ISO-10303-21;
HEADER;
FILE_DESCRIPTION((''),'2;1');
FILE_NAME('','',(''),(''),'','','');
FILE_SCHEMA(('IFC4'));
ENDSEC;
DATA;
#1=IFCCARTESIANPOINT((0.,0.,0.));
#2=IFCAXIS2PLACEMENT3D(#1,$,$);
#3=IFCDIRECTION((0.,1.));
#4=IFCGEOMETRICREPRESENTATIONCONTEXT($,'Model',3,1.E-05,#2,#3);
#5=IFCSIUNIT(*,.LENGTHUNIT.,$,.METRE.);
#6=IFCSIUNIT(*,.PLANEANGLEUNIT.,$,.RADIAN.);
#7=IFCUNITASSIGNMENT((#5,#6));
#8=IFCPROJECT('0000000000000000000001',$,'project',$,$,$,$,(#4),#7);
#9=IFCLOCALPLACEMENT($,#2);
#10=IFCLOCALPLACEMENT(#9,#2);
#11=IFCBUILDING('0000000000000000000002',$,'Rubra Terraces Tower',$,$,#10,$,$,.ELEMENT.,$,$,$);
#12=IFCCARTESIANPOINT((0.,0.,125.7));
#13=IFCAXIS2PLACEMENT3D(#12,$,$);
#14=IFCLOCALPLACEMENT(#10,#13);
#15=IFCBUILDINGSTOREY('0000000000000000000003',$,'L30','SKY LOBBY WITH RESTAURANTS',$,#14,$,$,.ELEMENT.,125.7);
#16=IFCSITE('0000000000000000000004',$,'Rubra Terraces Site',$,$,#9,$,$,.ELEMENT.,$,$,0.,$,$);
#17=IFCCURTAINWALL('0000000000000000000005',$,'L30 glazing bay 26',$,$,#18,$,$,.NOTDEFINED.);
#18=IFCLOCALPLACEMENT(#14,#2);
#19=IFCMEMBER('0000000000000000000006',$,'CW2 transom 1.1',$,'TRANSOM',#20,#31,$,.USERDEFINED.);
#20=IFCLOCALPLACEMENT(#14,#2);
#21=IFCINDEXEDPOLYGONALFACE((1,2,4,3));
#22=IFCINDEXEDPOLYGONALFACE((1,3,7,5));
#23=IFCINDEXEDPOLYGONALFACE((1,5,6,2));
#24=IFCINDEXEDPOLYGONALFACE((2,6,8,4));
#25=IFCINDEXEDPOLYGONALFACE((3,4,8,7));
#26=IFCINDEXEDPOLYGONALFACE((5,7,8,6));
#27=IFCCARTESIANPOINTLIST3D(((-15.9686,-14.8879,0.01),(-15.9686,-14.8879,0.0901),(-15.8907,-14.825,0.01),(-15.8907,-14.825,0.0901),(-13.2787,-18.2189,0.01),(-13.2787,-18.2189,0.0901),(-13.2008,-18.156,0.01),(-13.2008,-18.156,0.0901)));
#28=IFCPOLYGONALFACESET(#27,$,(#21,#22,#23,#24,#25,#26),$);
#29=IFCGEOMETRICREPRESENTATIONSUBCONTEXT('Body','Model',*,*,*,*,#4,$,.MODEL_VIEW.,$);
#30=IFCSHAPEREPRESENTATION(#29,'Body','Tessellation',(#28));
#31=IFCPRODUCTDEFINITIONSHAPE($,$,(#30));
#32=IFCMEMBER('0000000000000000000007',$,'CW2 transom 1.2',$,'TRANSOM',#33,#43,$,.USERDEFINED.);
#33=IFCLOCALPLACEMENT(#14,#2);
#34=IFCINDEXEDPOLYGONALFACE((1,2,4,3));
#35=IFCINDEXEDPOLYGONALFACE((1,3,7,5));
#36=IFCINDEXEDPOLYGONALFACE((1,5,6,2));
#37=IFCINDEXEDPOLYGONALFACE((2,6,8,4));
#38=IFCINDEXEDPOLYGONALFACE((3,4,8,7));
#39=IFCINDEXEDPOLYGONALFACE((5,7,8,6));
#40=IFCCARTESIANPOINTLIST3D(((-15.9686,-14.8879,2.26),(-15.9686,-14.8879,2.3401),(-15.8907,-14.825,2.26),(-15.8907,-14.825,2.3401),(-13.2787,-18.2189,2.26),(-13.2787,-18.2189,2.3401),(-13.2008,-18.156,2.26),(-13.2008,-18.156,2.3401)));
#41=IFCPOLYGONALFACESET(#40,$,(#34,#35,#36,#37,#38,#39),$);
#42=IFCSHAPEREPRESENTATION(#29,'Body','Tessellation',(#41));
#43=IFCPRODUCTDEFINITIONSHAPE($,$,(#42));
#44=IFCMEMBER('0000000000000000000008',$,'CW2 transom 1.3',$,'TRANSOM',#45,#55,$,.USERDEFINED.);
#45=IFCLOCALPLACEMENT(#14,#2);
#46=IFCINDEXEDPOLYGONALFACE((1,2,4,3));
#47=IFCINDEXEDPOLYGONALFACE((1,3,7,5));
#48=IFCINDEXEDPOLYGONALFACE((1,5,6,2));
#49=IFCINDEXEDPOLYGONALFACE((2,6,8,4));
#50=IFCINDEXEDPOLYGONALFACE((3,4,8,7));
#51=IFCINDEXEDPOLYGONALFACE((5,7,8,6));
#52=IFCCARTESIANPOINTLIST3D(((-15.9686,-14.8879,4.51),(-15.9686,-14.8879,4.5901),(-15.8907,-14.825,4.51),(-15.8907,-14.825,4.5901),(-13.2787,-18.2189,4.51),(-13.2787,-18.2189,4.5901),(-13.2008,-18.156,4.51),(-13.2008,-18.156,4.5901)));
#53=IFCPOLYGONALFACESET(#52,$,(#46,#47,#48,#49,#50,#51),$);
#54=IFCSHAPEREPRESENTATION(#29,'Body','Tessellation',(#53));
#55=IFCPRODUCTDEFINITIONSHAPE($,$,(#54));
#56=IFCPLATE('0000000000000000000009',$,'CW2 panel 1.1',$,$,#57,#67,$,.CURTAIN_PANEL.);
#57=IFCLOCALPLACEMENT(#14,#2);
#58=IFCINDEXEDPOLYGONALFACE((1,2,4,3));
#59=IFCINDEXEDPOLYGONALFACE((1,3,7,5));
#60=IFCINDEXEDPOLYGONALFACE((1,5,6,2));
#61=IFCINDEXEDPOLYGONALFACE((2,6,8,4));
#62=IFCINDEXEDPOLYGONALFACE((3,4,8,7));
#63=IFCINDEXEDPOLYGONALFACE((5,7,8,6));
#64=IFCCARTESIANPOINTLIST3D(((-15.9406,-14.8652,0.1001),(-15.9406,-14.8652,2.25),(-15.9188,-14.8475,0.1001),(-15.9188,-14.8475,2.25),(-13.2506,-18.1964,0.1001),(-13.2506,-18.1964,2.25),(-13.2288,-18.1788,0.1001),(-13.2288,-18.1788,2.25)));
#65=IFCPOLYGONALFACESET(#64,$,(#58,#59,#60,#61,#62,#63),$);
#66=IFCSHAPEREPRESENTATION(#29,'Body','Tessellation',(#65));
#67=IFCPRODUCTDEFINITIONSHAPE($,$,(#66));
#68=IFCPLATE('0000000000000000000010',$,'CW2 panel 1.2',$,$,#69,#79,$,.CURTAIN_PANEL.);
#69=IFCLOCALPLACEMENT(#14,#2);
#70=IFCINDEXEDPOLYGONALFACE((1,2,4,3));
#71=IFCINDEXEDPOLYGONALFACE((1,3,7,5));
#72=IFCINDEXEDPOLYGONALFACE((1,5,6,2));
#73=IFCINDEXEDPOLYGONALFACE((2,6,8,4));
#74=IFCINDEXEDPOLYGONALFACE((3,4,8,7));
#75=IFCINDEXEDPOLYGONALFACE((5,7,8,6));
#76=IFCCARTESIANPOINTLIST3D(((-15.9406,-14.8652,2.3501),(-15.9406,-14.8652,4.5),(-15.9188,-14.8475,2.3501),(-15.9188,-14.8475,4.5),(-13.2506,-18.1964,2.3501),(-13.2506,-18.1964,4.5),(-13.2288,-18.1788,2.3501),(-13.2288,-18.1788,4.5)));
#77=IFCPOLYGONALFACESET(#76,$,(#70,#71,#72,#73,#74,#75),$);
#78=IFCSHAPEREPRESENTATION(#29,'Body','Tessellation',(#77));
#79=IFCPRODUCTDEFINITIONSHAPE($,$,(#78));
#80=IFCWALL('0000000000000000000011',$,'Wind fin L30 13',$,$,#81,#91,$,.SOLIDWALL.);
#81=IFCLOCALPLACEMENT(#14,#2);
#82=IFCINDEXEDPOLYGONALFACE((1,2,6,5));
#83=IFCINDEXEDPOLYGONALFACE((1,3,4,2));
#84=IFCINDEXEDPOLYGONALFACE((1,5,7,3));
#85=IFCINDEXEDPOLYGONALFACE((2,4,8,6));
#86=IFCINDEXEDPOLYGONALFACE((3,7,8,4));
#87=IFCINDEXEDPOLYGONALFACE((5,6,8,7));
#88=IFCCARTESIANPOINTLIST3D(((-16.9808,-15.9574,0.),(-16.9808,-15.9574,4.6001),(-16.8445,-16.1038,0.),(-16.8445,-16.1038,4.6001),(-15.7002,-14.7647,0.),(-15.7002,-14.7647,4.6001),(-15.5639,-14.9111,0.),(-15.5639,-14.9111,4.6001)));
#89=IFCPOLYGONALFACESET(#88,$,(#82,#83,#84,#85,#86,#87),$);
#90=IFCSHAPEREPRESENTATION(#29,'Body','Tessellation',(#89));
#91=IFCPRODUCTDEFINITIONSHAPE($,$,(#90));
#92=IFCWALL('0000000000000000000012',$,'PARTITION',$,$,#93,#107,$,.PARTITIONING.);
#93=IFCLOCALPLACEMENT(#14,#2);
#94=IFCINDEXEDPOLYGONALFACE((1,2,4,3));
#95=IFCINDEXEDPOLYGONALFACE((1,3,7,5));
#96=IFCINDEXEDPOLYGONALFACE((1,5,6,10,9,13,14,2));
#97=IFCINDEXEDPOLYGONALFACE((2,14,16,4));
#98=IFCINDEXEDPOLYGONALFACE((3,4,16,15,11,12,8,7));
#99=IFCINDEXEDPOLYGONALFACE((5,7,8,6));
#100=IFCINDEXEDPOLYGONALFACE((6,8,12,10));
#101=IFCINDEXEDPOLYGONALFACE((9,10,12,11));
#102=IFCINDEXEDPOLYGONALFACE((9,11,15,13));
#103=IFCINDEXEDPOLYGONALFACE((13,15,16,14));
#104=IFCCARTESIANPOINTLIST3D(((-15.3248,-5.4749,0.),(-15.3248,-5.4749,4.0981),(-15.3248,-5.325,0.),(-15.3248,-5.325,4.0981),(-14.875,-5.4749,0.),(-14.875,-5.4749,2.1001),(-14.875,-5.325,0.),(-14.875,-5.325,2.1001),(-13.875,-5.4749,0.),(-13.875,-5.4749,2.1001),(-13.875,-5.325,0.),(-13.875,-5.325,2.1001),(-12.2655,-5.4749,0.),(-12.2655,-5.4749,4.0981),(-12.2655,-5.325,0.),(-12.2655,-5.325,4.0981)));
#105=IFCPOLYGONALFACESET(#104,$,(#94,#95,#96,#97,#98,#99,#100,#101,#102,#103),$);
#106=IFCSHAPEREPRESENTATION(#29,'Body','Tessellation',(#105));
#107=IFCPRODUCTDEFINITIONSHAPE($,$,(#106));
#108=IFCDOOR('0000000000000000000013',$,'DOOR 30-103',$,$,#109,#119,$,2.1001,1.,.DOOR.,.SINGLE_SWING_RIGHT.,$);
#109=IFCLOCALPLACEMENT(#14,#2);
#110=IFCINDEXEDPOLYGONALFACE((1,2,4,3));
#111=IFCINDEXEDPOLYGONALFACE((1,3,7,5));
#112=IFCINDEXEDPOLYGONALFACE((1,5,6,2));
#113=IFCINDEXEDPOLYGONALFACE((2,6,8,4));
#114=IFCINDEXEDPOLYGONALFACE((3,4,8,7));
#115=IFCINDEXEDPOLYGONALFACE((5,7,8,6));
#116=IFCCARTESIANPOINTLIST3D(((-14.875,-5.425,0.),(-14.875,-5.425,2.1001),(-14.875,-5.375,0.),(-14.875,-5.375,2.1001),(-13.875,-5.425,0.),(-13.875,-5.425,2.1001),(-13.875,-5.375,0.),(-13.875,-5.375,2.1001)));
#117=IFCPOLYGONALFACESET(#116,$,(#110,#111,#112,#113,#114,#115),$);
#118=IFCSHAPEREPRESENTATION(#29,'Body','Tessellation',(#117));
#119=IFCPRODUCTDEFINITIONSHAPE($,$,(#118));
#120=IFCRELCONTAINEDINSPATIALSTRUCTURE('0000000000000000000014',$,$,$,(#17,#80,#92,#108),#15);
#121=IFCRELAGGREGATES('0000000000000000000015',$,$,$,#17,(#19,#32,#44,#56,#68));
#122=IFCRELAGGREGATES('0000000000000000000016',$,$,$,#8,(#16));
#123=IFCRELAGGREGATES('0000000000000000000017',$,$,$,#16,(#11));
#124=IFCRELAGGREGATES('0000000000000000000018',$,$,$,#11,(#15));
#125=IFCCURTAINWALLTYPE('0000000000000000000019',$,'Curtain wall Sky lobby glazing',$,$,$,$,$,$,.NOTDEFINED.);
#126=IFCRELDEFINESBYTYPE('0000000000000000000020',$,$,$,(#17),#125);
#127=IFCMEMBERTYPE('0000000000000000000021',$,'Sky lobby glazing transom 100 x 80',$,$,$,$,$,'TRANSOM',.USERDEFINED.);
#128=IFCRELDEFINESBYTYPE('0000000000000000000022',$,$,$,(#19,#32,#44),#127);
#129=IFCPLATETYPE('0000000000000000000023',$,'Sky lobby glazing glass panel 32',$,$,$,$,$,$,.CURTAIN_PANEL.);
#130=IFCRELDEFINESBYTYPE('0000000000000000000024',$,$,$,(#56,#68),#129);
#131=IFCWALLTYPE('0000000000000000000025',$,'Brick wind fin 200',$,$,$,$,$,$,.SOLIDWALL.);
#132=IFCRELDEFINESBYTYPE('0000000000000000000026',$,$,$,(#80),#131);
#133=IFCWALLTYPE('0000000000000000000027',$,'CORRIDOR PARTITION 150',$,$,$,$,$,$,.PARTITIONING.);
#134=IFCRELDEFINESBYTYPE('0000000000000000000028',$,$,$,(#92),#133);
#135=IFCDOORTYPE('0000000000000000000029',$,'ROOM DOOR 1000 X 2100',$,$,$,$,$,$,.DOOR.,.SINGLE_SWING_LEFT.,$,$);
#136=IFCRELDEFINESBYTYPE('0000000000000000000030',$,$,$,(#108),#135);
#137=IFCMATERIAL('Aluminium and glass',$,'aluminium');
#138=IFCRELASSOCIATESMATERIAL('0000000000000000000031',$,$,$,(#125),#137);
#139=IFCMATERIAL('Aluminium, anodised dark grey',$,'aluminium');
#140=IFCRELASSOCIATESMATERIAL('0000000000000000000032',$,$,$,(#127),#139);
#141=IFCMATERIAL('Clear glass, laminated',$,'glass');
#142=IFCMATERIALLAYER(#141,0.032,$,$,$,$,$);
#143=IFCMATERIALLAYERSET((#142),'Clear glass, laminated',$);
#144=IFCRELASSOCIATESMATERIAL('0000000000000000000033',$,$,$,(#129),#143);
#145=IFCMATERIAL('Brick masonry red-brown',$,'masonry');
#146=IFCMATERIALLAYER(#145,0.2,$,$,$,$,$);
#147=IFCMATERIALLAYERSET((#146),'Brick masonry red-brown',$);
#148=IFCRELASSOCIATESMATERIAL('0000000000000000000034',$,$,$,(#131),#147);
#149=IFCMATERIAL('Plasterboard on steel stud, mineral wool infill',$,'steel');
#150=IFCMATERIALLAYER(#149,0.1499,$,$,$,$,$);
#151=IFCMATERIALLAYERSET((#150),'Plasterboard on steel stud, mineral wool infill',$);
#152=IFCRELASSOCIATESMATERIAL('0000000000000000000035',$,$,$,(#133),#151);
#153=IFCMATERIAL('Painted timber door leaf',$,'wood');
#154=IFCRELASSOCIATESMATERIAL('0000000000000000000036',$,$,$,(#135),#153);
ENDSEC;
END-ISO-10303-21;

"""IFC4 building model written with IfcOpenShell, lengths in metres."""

from ifc_helpers import new_model, si_unit, direction, frame, frame_2d, origin, origin_2d, place, context, subcontext, project, spatial, rectangle, extrude, material, layer, layer_set, material_profile, profile_set, type_object, element, fill, aggregate, save


model = new_model("IFC4")

# Units and contexts
model_context = context("Model", 3, precision=1e-05, world=origin(), true_north=direction((0.0, 1.0)))
body_context = subcontext(model_context, "Body", "Model", "MODEL_VIEW")
ifc_project = project(units=[si_unit("LENGTHUNIT", "METRE"), si_unit("PLANEANGLEUNIT", "RADIAN")], contexts=[model_context])

# Site, building, storey
site_placement = place(None, origin())
site = spatial("IfcSite", under=ifc_project, at=site_placement, Name="Rubra Terraces Site", CompositionType="ELEMENT", RefElevation=0.0)
building_placement = place(site_placement, origin())
building = spatial("IfcBuilding", under=site, at=building_placement, Name="Rubra Terraces Tower", CompositionType="ELEMENT")
storey_placement = place(building_placement, frame((0.0, 0.0, 125.7)))
storey = spatial("IfcBuildingStorey", under=building, at=storey_placement, Name="L30", Description="SKY LOBBY WITH RESTAURANTS", CompositionType="ELEMENT", Elevation=125.7)

# Curtain wall, members, plates
ifc_material_1 = material(Name="Aluminium and glass", Category="aluminium")
curtain_wall_type = type_object("IfcCurtainWallType", Name="Curtain wall Sky lobby glazing", PredefinedType="NOTDEFINED", material=ifc_material_1)
curtain_wall_placement = place(storey_placement, origin())
curtain_wall = element("IfcCurtainWall", 1, at=curtain_wall_placement, inside=storey, type_object=curtain_wall_type, Name="L30 glazing bay 26", PredefinedType="NOTDEFINED")
ifc_material_2 = material(Name="Aluminium, anodised dark grey", Category="aluminium")
ifc_material_profile_1 = material_profile(ifc_material_2, rectangle(XDim=0.1001, YDim=0.0801, at=origin_2d()), Name="AL 100x80")
ifc_profile_set_1 = profile_set([ifc_material_profile_1], Name="Aluminium, anodised dark grey")
member_type = type_object("IfcMemberType", Name="Sky lobby glazing transom 100 x 80", ElementType="TRANSOM", PredefinedType="USERDEFINED", material=ifc_profile_set_1)
member_1_placement = place(storey_placement, frame((-15.9297, -14.8564, 0.05), z_axis=(0.628263, -0.778001, 0.0), x_axis=(0.778001, 0.628263, 0.0)))
member_1 = element("IfcMember", 2, at=member_1_placement, type_object=member_type, Name="CW2 transom 1.1", ObjectType="TRANSOM", PredefinedType="USERDEFINED", context=body_context, shape_type="SweptSolid", body=[
    extrude(rectangle(XDim=0.1001, YDim=0.0801, at=origin_2d()), origin(), (0.0, 0.0, 1.0), 4.2815),
])
member_2_placement = place(storey_placement, frame((-15.9297, -14.8564, 2.3), z_axis=(0.628263, -0.778001, 0.0), x_axis=(0.778001, 0.628263, 0.0)))
member_2 = element("IfcMember", 3, at=member_2_placement, type_object=member_type, Name="CW2 transom 1.2", ObjectType="TRANSOM", PredefinedType="USERDEFINED", context=body_context, shape_type="SweptSolid", body=[
    extrude(rectangle(XDim=0.1001, YDim=0.0801, at=origin_2d()), origin(), (0.0, 0.0, 1.0), 4.2815),
])
member_3_placement = place(storey_placement, frame((-15.9297, -14.8564, 4.55), z_axis=(0.628263, -0.778001, 0.0), x_axis=(0.778001, 0.628263, 0.0)))
member_3 = element("IfcMember", 4, at=member_3_placement, type_object=member_type, Name="CW2 transom 1.3", ObjectType="TRANSOM", PredefinedType="USERDEFINED", context=body_context, shape_type="SweptSolid", body=[
    extrude(rectangle(XDim=0.1001, YDim=0.0801, at=origin_2d()), origin(), (0.0, 0.0, 1.0), 4.2815),
])
ifc_material_3 = material(Name="Clear glass, laminated", Category="glass")
ifc_layer_1 = layer(ifc_material_3, 0.032)
ifc_layer_set_1 = layer_set([ifc_layer_1], Name="Clear glass, laminated")
plate_type = type_object("IfcPlateType", Name="Sky lobby glazing glass panel 32", PredefinedType="CURTAIN_PANEL", material=ifc_layer_set_1)
plate_1_placement = place(storey_placement, frame((-14.5847, -16.522, 0.1001), z_axis=(0.0, 0.0, 1.0), x_axis=(0.628251, -0.77801, 0.0)))
plate_1 = element("IfcPlate", 5, at=plate_1_placement, type_object=plate_type, Name="CW2 panel 1.1", PredefinedType="CURTAIN_PANEL", context=body_context, shape_type="SweptSolid", body=[
    extrude(rectangle(XDim=4.2817, YDim=0.0281, at=origin_2d()), origin(), (0.0, 0.0, 1.0), 2.1499),
])
plate_2_placement = place(storey_placement, frame((-14.5847, -16.522, 2.3501), z_axis=(0.0, 0.0, 1.0), x_axis=(0.628251, -0.77801, 0.0)))
plate_2 = element("IfcPlate", 6, at=plate_2_placement, type_object=plate_type, Name="CW2 panel 1.2", PredefinedType="CURTAIN_PANEL", context=body_context, shape_type="SweptSolid", body=[
    extrude(rectangle(XDim=4.2817, YDim=0.0281, at=origin_2d()), origin(), (0.0, 0.0, 1.0), 2.1499),
])
aggregate(curtain_wall, [member_1, member_2, member_3, plate_1, plate_2])

# Wall
ifc_material_4 = material(Name="Brick masonry red-brown", Category="masonry")
ifc_layer_2 = layer(ifc_material_4, 0.2)
ifc_layer_set_2 = layer_set([ifc_layer_2], Name="Brick masonry red-brown")
wall_type_1 = type_object("IfcWallType", Name="Brick wind fin 200", PredefinedType="SOLIDWALL", material=ifc_layer_set_2)
wall_1_placement = place(storey_placement, frame((-15.6321, -14.8379, 0.0), z_axis=(0.0, 0.0, 1.0), x_axis=(-0.731774, -0.681547, 0.0)))
element("IfcWall", 7, at=wall_1_placement, inside=storey, type_object=wall_type_1, Name="Wind fin L30 13", PredefinedType="SOLIDWALL", context=body_context, shape_type="SweptSolid", body=[
    extrude(rectangle(XDim=1.75, YDim=0.2, at=frame_2d((0.875, 0.0))), origin(), (0.0, 0.0, 1.0), 4.6001),
])

# Wall, opening, door
ifc_material_5 = material(Name="Plasterboard on steel stud, mineral wool infill", Category="steel")
ifc_layer_3 = layer(ifc_material_5, 0.1499)
ifc_layer_set_3 = layer_set([ifc_layer_3], Name="Plasterboard on steel stud, mineral wool infill")
wall_type_2 = type_object("IfcWallType", Name="CORRIDOR PARTITION 150", PredefinedType="PARTITIONING", material=ifc_layer_set_3)
wall_2_placement = place(storey_placement, frame((-15.325, -5.3999, 0.0), z_axis=(0.0, 0.0, 1.0), x_axis=(1.0, 0.0, 0.0)))
wall_2 = element("IfcWall", 8, at=wall_2_placement, inside=storey, type_object=wall_type_2, Name="PARTITION", PredefinedType="PARTITIONING", context=body_context, shape_type="SweptSolid", body=[
    extrude(rectangle(XDim=3.0593, YDim=0.1499, at=frame_2d((1.5298, 0.0))), origin(), (0.0, 0.0, 1.0), 4.0981),
])
opening_1_placement = place(wall_2_placement, frame((0.45, 0.0, 0.0)))
opening_1 = element("IfcOpeningElement", 9, at=opening_1_placement, cuts=wall_2, PredefinedType="OPENING", context=body_context, shape_type="SweptSolid", body=[
    extrude(rectangle(XDim=1.0, YDim=2.1001, at=frame_2d((0.5, 1.05))), frame((0.0, 0.085, 0.0), z_axis=(0.0, -1.0, 0.0), x_axis=(1.0, 0.0, 0.0)), (0.0, 0.0, 1.0), 0.1699),
])
ifc_material_6 = material(Name="Painted timber door leaf", Category="wood")
door_type_1 = type_object("IfcDoorType", Name="ROOM DOOR 1000 X 2100", OperationType="SINGLE_SWING_LEFT", PredefinedType="DOOR", material=ifc_material_6)
door_1_placement = place(opening_1_placement, origin())
door_1 = element("IfcDoor", 10, at=door_1_placement, inside=storey, type_object=door_type_1, Name="DOOR 30-103", OperationType="SINGLE_SWING_RIGHT", OverallHeight=2.1001, OverallWidth=1.0, PredefinedType="DOOR", context=body_context, shape_type="SweptSolid", body=[
    extrude(rectangle(XDim=1.0, YDim=2.1001, at=frame_2d((0.5, 1.05))), frame((0.0, 0.0249, 0.0), z_axis=(0.0, -1.0, 0.0), x_axis=(1.0, 0.0, 0.0)), (0.0, 0.0, 1.0), 0.05),
])
fill(opening_1, door_1)

save(model, "model.ifc")
